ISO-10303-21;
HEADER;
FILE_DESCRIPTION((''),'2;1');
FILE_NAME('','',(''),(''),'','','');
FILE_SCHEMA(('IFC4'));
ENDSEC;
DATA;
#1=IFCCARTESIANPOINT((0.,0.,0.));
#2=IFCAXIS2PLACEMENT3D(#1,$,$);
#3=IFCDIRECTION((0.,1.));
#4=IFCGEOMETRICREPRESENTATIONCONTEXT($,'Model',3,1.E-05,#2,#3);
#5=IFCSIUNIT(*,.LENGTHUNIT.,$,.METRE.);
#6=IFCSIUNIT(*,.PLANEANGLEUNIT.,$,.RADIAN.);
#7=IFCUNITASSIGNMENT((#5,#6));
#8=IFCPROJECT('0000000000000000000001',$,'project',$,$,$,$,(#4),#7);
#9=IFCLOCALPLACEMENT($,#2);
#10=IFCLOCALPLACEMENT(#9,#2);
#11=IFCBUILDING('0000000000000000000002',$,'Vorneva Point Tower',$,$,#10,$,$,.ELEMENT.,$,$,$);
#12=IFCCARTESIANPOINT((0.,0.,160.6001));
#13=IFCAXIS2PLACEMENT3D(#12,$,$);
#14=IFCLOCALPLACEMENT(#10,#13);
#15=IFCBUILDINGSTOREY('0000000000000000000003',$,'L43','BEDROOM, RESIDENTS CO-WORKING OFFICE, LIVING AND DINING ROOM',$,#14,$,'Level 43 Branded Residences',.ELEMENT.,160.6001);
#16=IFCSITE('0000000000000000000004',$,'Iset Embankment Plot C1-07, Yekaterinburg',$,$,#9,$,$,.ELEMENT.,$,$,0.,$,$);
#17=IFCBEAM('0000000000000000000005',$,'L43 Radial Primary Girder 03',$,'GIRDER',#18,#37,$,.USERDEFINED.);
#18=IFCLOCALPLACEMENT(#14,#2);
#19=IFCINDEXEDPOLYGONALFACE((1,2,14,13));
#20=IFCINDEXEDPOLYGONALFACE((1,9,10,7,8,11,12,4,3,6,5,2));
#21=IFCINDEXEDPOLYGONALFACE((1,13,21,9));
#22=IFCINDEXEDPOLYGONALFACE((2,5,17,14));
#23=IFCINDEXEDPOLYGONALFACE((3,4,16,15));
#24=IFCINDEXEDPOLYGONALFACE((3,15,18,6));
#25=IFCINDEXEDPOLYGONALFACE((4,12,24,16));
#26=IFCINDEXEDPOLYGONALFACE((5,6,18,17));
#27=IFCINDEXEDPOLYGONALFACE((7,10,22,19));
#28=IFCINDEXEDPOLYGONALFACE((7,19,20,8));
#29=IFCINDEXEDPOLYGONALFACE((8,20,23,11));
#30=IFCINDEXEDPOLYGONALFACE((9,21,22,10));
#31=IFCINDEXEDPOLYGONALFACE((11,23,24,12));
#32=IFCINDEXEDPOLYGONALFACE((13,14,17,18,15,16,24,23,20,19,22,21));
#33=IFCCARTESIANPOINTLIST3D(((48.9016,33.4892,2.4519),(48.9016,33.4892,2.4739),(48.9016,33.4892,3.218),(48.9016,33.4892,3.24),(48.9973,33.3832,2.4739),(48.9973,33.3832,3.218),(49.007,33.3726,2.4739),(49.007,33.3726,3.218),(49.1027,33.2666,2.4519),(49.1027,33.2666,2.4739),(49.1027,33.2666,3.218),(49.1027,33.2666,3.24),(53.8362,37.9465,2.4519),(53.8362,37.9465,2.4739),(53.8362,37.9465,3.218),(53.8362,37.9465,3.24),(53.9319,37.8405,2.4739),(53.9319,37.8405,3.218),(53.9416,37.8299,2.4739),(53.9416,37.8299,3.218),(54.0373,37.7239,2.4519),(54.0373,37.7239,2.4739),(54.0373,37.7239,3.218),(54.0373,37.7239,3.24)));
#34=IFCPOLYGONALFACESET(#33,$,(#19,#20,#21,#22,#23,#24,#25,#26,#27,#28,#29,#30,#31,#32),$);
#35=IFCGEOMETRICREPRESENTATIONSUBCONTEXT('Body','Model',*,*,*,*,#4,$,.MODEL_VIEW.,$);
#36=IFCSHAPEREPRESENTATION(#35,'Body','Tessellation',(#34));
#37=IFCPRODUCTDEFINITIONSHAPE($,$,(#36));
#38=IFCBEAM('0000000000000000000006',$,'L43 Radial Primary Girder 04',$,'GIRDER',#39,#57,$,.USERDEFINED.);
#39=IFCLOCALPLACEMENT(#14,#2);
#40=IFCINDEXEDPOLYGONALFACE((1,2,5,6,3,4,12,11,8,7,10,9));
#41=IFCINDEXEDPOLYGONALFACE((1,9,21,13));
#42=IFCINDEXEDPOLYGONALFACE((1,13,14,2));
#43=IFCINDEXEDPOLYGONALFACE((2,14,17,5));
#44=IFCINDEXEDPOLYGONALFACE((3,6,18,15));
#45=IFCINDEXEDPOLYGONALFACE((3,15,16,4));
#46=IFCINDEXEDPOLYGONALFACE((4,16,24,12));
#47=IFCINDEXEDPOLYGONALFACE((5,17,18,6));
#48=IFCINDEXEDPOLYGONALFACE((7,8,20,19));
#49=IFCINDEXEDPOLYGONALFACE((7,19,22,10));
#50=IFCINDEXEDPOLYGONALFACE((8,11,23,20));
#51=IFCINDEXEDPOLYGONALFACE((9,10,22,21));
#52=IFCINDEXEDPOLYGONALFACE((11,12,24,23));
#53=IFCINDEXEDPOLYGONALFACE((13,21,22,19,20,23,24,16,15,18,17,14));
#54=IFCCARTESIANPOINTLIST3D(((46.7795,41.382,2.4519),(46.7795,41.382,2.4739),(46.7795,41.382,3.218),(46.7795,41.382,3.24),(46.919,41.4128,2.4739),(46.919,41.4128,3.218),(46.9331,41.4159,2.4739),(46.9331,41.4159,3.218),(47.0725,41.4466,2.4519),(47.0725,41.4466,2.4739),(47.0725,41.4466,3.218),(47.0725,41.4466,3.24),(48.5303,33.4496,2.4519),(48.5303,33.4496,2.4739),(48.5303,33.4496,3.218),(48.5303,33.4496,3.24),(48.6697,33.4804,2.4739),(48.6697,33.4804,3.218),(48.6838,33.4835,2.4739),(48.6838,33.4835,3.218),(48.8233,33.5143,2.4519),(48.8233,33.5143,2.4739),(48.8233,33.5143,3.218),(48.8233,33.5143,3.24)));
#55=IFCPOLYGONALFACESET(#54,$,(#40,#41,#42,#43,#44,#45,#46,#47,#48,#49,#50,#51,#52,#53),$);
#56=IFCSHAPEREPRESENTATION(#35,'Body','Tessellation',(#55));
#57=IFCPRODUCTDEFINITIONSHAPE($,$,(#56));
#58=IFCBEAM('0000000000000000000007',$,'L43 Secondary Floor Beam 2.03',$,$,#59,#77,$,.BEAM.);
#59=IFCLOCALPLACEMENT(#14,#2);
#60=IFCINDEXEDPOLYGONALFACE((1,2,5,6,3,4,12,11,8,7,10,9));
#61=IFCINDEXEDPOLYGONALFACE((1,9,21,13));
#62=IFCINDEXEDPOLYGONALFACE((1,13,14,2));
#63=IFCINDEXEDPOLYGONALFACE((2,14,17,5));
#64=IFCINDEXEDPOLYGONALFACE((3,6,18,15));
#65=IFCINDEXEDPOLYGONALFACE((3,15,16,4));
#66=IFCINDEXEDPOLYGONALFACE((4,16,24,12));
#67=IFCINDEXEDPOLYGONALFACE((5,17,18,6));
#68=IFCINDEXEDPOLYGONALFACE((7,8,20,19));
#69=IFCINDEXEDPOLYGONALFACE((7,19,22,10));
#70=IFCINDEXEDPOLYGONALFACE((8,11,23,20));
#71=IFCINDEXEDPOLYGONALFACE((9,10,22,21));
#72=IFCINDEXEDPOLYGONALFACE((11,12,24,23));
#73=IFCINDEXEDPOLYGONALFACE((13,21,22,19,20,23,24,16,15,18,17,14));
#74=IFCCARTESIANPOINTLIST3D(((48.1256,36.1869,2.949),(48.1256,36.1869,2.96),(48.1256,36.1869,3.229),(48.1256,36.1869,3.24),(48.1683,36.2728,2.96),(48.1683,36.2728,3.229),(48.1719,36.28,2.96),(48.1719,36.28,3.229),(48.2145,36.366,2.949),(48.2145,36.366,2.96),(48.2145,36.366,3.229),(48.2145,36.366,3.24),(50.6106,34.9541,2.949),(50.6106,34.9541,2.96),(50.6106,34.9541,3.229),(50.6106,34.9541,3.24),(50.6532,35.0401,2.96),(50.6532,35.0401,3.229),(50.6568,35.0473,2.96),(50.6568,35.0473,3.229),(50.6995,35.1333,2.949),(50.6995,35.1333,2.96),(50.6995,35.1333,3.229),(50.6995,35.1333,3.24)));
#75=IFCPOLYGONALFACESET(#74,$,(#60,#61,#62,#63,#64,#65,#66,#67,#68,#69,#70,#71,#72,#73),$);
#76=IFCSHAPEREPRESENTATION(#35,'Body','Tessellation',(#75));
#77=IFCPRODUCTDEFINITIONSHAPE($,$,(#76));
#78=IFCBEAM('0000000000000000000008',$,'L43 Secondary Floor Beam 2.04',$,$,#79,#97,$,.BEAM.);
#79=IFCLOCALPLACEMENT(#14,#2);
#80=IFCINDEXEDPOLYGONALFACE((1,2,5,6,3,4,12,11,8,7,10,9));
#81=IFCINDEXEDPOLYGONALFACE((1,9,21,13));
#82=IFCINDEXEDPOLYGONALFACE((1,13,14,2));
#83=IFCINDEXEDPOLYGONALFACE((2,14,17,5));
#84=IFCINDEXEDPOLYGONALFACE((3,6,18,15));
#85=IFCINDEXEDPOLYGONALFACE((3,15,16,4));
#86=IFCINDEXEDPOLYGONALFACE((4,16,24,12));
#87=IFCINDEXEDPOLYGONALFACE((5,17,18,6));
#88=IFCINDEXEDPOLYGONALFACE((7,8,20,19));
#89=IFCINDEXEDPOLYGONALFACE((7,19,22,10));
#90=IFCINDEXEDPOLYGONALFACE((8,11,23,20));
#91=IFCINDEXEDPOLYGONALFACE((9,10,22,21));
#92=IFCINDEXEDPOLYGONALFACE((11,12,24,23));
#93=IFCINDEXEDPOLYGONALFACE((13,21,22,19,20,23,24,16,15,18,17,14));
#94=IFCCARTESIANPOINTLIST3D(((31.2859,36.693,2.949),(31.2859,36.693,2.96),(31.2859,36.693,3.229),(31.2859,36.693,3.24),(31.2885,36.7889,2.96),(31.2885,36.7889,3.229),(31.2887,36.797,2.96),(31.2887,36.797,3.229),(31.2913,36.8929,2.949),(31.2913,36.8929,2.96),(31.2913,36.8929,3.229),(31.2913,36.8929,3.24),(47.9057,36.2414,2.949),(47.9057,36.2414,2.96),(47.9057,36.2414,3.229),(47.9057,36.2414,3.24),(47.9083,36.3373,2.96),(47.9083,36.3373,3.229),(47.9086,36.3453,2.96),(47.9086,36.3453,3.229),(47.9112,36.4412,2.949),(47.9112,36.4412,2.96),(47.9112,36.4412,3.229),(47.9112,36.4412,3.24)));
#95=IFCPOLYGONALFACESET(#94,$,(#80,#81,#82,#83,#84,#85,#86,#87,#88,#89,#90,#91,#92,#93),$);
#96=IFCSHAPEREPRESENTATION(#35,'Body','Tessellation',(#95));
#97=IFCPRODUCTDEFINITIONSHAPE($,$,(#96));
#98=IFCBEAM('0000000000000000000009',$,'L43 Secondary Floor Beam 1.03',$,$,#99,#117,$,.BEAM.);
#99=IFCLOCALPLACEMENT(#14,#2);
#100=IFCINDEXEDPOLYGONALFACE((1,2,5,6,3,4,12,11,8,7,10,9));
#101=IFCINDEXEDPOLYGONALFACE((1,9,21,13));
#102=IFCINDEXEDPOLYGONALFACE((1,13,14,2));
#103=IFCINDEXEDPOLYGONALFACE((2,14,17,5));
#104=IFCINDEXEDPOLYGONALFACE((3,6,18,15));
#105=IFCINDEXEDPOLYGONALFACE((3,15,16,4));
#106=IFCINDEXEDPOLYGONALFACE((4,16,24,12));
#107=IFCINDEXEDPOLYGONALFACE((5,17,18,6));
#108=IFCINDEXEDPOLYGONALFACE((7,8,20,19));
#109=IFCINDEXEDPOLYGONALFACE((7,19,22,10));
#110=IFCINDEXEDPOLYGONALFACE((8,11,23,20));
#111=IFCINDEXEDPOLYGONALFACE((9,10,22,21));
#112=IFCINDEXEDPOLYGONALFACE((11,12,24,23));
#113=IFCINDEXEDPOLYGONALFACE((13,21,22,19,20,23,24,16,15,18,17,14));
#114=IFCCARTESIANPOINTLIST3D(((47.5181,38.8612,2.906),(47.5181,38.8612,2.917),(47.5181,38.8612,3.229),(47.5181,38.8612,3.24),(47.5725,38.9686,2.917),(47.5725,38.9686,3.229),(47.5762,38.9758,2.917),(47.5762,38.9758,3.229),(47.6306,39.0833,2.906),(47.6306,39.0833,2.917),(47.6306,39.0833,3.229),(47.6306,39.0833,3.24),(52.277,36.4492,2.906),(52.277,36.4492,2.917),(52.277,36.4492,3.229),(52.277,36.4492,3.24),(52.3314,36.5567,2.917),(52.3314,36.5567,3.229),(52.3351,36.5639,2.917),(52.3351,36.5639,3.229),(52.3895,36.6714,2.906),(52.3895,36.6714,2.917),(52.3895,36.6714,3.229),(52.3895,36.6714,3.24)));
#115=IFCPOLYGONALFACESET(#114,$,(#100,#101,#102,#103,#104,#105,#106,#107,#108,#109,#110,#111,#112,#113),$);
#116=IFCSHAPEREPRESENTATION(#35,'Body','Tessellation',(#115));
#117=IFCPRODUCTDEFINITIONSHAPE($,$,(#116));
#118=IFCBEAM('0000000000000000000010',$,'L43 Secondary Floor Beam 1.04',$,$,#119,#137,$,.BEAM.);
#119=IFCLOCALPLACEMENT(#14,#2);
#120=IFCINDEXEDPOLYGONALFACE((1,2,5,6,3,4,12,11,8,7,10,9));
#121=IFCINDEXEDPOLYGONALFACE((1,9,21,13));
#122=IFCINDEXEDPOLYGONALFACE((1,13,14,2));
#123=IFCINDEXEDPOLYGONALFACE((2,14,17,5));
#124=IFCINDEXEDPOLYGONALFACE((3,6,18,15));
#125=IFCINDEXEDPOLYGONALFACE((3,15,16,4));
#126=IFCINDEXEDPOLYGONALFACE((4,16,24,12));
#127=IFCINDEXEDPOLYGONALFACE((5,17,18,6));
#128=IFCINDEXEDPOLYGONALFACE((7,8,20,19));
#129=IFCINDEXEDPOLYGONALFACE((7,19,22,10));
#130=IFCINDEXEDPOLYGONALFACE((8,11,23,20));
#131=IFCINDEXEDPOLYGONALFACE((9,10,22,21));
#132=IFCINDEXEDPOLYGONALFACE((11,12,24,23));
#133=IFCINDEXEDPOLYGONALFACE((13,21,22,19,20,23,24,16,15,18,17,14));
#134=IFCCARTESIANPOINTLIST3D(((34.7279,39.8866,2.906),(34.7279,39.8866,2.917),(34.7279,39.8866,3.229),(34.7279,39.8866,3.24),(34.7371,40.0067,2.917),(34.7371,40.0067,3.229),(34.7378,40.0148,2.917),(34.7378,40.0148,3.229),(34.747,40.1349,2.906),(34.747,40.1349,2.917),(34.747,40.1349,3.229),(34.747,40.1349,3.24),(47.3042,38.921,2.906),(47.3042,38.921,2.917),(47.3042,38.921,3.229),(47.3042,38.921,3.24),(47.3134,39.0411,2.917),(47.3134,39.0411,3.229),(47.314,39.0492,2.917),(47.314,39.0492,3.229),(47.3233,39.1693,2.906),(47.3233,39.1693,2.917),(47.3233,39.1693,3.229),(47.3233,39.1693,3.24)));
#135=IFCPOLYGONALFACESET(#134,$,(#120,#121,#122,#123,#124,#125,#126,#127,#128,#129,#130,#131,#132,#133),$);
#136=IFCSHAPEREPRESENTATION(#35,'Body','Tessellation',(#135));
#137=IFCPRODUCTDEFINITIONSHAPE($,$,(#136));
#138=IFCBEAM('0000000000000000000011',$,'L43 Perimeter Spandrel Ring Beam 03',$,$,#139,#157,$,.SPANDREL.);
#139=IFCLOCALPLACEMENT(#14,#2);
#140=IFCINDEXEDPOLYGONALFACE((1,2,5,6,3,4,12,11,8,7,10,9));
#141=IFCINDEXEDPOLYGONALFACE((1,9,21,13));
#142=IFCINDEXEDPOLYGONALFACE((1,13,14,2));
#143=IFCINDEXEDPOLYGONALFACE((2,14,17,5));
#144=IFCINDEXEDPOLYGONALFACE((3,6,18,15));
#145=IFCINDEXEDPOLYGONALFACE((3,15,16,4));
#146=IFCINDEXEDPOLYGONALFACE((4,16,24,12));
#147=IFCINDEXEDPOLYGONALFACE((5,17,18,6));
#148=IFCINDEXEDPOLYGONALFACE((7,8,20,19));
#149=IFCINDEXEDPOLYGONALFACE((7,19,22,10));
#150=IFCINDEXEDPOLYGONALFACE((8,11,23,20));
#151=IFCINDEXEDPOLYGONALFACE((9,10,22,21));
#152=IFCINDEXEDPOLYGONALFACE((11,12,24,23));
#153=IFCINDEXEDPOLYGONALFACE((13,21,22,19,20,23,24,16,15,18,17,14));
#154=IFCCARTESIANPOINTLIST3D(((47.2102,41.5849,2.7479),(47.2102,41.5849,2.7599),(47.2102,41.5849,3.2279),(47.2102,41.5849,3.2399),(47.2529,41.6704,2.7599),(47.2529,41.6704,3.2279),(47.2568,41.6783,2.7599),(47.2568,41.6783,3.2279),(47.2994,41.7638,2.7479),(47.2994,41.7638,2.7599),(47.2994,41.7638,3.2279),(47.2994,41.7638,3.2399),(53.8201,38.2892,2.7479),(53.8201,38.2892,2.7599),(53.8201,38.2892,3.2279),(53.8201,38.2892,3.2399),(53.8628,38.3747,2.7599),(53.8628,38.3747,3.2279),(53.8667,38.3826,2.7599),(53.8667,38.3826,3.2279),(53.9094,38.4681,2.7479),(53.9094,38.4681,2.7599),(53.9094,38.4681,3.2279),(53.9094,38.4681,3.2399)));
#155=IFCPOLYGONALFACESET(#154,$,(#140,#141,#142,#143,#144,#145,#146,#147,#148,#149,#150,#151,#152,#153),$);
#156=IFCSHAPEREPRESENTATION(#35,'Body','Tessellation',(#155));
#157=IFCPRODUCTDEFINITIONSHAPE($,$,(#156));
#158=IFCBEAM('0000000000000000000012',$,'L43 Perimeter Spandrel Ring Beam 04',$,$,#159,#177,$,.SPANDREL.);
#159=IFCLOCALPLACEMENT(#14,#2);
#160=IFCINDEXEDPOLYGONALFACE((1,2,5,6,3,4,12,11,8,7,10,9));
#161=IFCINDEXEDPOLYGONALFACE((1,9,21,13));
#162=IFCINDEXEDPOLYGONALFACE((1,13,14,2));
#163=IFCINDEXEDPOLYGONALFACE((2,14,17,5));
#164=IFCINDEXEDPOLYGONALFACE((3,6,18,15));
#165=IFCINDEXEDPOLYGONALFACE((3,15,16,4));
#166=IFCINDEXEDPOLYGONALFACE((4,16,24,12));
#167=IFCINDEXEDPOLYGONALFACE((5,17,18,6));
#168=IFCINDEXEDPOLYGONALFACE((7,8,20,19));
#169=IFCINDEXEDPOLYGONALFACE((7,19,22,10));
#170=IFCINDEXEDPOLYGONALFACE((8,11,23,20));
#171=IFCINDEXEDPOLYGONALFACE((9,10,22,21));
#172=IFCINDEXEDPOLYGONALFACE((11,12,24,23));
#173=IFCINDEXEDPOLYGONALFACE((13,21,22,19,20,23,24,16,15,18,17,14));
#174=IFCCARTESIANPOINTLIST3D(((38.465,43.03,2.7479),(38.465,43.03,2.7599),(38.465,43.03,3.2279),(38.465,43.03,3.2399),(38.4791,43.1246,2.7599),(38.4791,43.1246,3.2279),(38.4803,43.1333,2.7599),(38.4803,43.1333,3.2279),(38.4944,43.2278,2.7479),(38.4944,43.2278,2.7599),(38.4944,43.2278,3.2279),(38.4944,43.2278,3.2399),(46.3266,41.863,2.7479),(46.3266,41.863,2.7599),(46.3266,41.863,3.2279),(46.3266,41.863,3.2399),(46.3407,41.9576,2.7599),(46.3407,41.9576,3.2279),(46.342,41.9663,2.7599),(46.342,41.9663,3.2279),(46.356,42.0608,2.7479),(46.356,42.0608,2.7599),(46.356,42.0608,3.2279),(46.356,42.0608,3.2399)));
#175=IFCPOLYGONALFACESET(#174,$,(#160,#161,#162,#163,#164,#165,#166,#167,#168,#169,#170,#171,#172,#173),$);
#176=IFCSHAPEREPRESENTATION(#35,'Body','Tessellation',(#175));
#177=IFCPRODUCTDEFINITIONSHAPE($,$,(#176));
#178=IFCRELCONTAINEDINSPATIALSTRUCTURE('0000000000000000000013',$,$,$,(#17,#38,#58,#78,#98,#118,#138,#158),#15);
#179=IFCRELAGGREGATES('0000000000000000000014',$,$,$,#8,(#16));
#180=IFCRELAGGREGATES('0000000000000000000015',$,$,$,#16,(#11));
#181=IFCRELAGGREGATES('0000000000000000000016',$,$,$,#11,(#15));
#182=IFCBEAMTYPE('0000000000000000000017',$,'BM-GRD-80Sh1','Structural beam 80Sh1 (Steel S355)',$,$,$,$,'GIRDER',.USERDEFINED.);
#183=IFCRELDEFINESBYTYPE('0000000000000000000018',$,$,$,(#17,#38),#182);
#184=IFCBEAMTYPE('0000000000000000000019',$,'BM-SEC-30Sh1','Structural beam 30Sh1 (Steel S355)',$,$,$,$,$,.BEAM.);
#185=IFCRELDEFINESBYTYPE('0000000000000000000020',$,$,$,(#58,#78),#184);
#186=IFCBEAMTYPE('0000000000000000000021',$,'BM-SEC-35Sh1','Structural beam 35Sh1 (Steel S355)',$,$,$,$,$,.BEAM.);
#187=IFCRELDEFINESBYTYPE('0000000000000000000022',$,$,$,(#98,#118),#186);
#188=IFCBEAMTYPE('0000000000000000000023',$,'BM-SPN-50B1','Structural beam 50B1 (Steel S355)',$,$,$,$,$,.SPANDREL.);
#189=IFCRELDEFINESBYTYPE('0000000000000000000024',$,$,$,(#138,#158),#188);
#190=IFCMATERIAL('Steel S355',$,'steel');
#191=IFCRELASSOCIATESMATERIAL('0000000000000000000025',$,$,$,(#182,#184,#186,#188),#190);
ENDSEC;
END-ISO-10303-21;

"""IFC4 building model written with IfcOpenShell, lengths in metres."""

from ifc_helpers import new_model, si_unit, direction, frame, origin, origin_2d, place, context, subcontext, project, spatial, i_section, extrude, material, material_profile, profile_set, type_object, element, save


model = new_model("IFC4")

# Units and contexts
model_context = context("Model", 3, precision=1e-05, world=origin(), true_north=direction((0.0, 1.0)))
body_context = subcontext(model_context, "Body", "Model", "MODEL_VIEW")
ifc_project = project(units=[si_unit("LENGTHUNIT", "METRE"), si_unit("PLANEANGLEUNIT", "RADIAN")], contexts=[model_context])

# Site, building, storey
site_placement = place(None, origin())
site = spatial("IfcSite", under=ifc_project, at=site_placement, Name="Iset Embankment Plot C1-07, Yekaterinburg", CompositionType="ELEMENT", RefElevation=0.0)
building_placement = place(site_placement, origin())
building = spatial("IfcBuilding", under=site, at=building_placement, Name="Vorneva Point Tower", CompositionType="ELEMENT")
storey_placement = place(building_placement, frame((0.0, 0.0, 160.6001)))
storey = spatial("IfcBuildingStorey", under=building, at=storey_placement, Name="L43", Description="BEDROOM, RESIDENTS CO-WORKING OFFICE, LIVING AND DINING ROOM", LongName="Level 43 Branded Residences", CompositionType="ELEMENT", Elevation=160.6001)

# Beams
ifc_material_1 = material(Name="Steel S355", Category="steel")
ifc_material_profile_1 = material_profile(ifc_material_1, i_section(OverallWidth=0.3, OverallDepth=0.7881, WebThickness=0.0144, FlangeThickness=0.022, at=origin_2d()), Name="80Sh1")
ifc_profile_set_1 = profile_set([ifc_material_profile_1], Name="Steel S355")
beam_type_1 = type_object("IfcBeamType", Name="BM-GRD-80Sh1", Description="Structural beam 80Sh1 (Steel S355)", ElementType="GIRDER", PredefinedType="USERDEFINED", material=ifc_profile_set_1)
beam_1_placement = place(storey_placement, frame((53.9368, 37.8352, 2.8459), z_axis=(-0.742084, -0.670306, 0.0), x_axis=(0.670306, -0.742084, 0.0)))
element("IfcBeam", 1, at=beam_1_placement, inside=storey, type_object=beam_type_1, Name="L43 Radial Primary Girder 03", ObjectType="GIRDER", PredefinedType="USERDEFINED", context=body_context, shape_type="SweptSolid", body=[
    extrude(i_section(OverallWidth=0.3, OverallDepth=0.7881, WebThickness=0.0144, FlangeThickness=0.022, at=origin_2d()), origin(), (0.0, 0.0, 1.0), 6.6497),
])
beam_2_placement = place(storey_placement, frame((46.926, 41.4143, 2.8459), z_axis=(0.215521, -0.976499, 0.0), x_axis=(0.976499, 0.215521, 0.0)))
element("IfcBeam", 2, at=beam_2_placement, inside=storey, type_object=beam_type_1, Name="L43 Radial Primary Girder 04", ObjectType="GIRDER", PredefinedType="USERDEFINED", context=body_context, shape_type="SweptSolid", body=[
    extrude(i_section(OverallWidth=0.3, OverallDepth=0.7881, WebThickness=0.0144, FlangeThickness=0.022, at=origin_2d()), origin(), (0.0, 0.0, 1.0), 8.1233),
])
ifc_material_profile_2 = material_profile(ifc_material_1, i_section(OverallWidth=0.2, OverallDepth=0.291, WebThickness=0.0081, FlangeThickness=0.011, at=origin_2d()), Name="30Sh1")
ifc_profile_set_2 = profile_set([ifc_material_profile_2], Name="Steel S355")
beam_type_2 = type_object("IfcBeamType", Name="BM-SEC-30Sh1", Description="Structural beam 30Sh1 (Steel S355)", PredefinedType="BEAM", material=ifc_profile_set_2)
beam_3_placement = place(storey_placement, frame((50.655, 35.0437, 3.0945), z_axis=(-0.895831, 0.444395, 0.0), x_axis=(-0.444395, -0.895831, 0.0)))
element("IfcBeam", 3, at=beam_3_placement, inside=storey, type_object=beam_type_2, Name="L43 Secondary Floor Beam 2.03", PredefinedType="BEAM", context=body_context, shape_type="SweptSolid", body=[
    extrude(i_section(OverallWidth=0.2, OverallDepth=0.291, WebThickness=0.0081, FlangeThickness=0.011, at=origin_2d()), origin(), (0.0, 0.0, 1.0), 2.7739),
])
beam_4_placement = place(storey_placement, frame((47.9084, 36.3413, 3.0945), z_axis=(-0.999631, 0.027166, 0.0), x_axis=(-0.027166, -0.999631, 0.0)))
element("IfcBeam", 4, at=beam_4_placement, inside=storey, type_object=beam_type_2, Name="L43 Secondary Floor Beam 2.04", PredefinedType="BEAM", context=body_context, shape_type="SweptSolid", body=[
    extrude(i_section(OverallWidth=0.2, OverallDepth=0.291, WebThickness=0.0081, FlangeThickness=0.011, at=origin_2d()), origin(), (0.0, 0.0, 1.0), 16.626),
])
ifc_material_profile_3 = material_profile(ifc_material_1, i_section(OverallWidth=0.249, OverallDepth=0.334, WebThickness=0.0081, FlangeThickness=0.011, at=origin_2d()), Name="35Sh1")
ifc_profile_set_3 = profile_set([ifc_material_profile_3], Name="Steel S355")
beam_type_3 = type_object("IfcBeamType", Name="BM-SEC-35Sh1", Description="Structural beam 35Sh1 (Steel S355)", PredefinedType="BEAM", material=ifc_profile_set_3)
beam_5_placement = place(storey_placement, frame((52.3333, 36.5603, 3.073), z_axis=(-0.891979, 0.452076, 0.0), x_axis=(-0.452076, -0.891979, 0.0)))
element("IfcBeam", 5, at=beam_5_placement, inside=storey, type_object=beam_type_3, Name="L43 Secondary Floor Beam 1.03", PredefinedType="BEAM", context=body_context, shape_type="SweptSolid", body=[
    extrude(i_section(OverallWidth=0.249, OverallDepth=0.334, WebThickness=0.0081, FlangeThickness=0.011, at=origin_2d()), origin(), (0.0, 0.0, 1.0), 5.3352),
])
beam_6_placement = place(storey_placement, frame((47.3137, 39.0452, 3.073), z_axis=(-0.997066, 0.076553, 0.0), x_axis=(-0.076553, -0.997066, 0.0)))
element("IfcBeam", 6, at=beam_6_placement, inside=storey, type_object=beam_type_3, Name="L43 Secondary Floor Beam 1.04", PredefinedType="BEAM", context=body_context, shape_type="SweptSolid", body=[
    extrude(i_section(OverallWidth=0.249, OverallDepth=0.334, WebThickness=0.0081, FlangeThickness=0.011, at=origin_2d()), origin(), (0.0, 0.0, 1.0), 12.6133),
])
ifc_material_profile_4 = material_profile(ifc_material_1, i_section(OverallWidth=0.2, OverallDepth=0.4919, WebThickness=0.0088, FlangeThickness=0.012, at=origin_2d()), Name="50B1")
ifc_profile_set_4 = profile_set([ifc_material_profile_4], Name="Steel S355")
beam_type_4 = type_object("IfcBeamType", Name="BM-SPN-50B1", Description="Structural beam 50B1 (Steel S355)", PredefinedType="SPANDREL", material=ifc_profile_set_4)
beam_7_placement = place(storey_placement, frame((53.8647, 38.3787, 2.9939), z_axis=(-0.894929, 0.446208, 0.0), x_axis=(-0.446208, -0.894929, 0.0)))
element("IfcBeam", 7, at=beam_7_placement, inside=storey, type_object=beam_type_4, Name="L43 Perimeter Spandrel Ring Beam 03", PredefinedType="SPANDREL", context=body_context, shape_type="SweptSolid", body=[
    extrude(i_section(OverallWidth=0.2, OverallDepth=0.4919, WebThickness=0.0088, FlangeThickness=0.012, at=origin_2d()), origin(), (0.0, 0.0, 1.0), 7.386),
])
beam_8_placement = place(storey_placement, frame((46.3413, 41.9619, 2.9939), z_axis=(-0.989161, 0.146834, 0.0), x_axis=(-0.146834, -0.989161, 0.0)))
element("IfcBeam", 8, at=beam_8_placement, inside=storey, type_object=beam_type_4, Name="L43 Perimeter Spandrel Ring Beam 04", PredefinedType="SPANDREL", context=body_context, shape_type="SweptSolid", body=[
    extrude(i_section(OverallWidth=0.2, OverallDepth=0.4919, WebThickness=0.0088, FlangeThickness=0.012, at=origin_2d()), origin(), (0.0, 0.0, 1.0), 7.9478),
])

save(model, "model.ifc")
